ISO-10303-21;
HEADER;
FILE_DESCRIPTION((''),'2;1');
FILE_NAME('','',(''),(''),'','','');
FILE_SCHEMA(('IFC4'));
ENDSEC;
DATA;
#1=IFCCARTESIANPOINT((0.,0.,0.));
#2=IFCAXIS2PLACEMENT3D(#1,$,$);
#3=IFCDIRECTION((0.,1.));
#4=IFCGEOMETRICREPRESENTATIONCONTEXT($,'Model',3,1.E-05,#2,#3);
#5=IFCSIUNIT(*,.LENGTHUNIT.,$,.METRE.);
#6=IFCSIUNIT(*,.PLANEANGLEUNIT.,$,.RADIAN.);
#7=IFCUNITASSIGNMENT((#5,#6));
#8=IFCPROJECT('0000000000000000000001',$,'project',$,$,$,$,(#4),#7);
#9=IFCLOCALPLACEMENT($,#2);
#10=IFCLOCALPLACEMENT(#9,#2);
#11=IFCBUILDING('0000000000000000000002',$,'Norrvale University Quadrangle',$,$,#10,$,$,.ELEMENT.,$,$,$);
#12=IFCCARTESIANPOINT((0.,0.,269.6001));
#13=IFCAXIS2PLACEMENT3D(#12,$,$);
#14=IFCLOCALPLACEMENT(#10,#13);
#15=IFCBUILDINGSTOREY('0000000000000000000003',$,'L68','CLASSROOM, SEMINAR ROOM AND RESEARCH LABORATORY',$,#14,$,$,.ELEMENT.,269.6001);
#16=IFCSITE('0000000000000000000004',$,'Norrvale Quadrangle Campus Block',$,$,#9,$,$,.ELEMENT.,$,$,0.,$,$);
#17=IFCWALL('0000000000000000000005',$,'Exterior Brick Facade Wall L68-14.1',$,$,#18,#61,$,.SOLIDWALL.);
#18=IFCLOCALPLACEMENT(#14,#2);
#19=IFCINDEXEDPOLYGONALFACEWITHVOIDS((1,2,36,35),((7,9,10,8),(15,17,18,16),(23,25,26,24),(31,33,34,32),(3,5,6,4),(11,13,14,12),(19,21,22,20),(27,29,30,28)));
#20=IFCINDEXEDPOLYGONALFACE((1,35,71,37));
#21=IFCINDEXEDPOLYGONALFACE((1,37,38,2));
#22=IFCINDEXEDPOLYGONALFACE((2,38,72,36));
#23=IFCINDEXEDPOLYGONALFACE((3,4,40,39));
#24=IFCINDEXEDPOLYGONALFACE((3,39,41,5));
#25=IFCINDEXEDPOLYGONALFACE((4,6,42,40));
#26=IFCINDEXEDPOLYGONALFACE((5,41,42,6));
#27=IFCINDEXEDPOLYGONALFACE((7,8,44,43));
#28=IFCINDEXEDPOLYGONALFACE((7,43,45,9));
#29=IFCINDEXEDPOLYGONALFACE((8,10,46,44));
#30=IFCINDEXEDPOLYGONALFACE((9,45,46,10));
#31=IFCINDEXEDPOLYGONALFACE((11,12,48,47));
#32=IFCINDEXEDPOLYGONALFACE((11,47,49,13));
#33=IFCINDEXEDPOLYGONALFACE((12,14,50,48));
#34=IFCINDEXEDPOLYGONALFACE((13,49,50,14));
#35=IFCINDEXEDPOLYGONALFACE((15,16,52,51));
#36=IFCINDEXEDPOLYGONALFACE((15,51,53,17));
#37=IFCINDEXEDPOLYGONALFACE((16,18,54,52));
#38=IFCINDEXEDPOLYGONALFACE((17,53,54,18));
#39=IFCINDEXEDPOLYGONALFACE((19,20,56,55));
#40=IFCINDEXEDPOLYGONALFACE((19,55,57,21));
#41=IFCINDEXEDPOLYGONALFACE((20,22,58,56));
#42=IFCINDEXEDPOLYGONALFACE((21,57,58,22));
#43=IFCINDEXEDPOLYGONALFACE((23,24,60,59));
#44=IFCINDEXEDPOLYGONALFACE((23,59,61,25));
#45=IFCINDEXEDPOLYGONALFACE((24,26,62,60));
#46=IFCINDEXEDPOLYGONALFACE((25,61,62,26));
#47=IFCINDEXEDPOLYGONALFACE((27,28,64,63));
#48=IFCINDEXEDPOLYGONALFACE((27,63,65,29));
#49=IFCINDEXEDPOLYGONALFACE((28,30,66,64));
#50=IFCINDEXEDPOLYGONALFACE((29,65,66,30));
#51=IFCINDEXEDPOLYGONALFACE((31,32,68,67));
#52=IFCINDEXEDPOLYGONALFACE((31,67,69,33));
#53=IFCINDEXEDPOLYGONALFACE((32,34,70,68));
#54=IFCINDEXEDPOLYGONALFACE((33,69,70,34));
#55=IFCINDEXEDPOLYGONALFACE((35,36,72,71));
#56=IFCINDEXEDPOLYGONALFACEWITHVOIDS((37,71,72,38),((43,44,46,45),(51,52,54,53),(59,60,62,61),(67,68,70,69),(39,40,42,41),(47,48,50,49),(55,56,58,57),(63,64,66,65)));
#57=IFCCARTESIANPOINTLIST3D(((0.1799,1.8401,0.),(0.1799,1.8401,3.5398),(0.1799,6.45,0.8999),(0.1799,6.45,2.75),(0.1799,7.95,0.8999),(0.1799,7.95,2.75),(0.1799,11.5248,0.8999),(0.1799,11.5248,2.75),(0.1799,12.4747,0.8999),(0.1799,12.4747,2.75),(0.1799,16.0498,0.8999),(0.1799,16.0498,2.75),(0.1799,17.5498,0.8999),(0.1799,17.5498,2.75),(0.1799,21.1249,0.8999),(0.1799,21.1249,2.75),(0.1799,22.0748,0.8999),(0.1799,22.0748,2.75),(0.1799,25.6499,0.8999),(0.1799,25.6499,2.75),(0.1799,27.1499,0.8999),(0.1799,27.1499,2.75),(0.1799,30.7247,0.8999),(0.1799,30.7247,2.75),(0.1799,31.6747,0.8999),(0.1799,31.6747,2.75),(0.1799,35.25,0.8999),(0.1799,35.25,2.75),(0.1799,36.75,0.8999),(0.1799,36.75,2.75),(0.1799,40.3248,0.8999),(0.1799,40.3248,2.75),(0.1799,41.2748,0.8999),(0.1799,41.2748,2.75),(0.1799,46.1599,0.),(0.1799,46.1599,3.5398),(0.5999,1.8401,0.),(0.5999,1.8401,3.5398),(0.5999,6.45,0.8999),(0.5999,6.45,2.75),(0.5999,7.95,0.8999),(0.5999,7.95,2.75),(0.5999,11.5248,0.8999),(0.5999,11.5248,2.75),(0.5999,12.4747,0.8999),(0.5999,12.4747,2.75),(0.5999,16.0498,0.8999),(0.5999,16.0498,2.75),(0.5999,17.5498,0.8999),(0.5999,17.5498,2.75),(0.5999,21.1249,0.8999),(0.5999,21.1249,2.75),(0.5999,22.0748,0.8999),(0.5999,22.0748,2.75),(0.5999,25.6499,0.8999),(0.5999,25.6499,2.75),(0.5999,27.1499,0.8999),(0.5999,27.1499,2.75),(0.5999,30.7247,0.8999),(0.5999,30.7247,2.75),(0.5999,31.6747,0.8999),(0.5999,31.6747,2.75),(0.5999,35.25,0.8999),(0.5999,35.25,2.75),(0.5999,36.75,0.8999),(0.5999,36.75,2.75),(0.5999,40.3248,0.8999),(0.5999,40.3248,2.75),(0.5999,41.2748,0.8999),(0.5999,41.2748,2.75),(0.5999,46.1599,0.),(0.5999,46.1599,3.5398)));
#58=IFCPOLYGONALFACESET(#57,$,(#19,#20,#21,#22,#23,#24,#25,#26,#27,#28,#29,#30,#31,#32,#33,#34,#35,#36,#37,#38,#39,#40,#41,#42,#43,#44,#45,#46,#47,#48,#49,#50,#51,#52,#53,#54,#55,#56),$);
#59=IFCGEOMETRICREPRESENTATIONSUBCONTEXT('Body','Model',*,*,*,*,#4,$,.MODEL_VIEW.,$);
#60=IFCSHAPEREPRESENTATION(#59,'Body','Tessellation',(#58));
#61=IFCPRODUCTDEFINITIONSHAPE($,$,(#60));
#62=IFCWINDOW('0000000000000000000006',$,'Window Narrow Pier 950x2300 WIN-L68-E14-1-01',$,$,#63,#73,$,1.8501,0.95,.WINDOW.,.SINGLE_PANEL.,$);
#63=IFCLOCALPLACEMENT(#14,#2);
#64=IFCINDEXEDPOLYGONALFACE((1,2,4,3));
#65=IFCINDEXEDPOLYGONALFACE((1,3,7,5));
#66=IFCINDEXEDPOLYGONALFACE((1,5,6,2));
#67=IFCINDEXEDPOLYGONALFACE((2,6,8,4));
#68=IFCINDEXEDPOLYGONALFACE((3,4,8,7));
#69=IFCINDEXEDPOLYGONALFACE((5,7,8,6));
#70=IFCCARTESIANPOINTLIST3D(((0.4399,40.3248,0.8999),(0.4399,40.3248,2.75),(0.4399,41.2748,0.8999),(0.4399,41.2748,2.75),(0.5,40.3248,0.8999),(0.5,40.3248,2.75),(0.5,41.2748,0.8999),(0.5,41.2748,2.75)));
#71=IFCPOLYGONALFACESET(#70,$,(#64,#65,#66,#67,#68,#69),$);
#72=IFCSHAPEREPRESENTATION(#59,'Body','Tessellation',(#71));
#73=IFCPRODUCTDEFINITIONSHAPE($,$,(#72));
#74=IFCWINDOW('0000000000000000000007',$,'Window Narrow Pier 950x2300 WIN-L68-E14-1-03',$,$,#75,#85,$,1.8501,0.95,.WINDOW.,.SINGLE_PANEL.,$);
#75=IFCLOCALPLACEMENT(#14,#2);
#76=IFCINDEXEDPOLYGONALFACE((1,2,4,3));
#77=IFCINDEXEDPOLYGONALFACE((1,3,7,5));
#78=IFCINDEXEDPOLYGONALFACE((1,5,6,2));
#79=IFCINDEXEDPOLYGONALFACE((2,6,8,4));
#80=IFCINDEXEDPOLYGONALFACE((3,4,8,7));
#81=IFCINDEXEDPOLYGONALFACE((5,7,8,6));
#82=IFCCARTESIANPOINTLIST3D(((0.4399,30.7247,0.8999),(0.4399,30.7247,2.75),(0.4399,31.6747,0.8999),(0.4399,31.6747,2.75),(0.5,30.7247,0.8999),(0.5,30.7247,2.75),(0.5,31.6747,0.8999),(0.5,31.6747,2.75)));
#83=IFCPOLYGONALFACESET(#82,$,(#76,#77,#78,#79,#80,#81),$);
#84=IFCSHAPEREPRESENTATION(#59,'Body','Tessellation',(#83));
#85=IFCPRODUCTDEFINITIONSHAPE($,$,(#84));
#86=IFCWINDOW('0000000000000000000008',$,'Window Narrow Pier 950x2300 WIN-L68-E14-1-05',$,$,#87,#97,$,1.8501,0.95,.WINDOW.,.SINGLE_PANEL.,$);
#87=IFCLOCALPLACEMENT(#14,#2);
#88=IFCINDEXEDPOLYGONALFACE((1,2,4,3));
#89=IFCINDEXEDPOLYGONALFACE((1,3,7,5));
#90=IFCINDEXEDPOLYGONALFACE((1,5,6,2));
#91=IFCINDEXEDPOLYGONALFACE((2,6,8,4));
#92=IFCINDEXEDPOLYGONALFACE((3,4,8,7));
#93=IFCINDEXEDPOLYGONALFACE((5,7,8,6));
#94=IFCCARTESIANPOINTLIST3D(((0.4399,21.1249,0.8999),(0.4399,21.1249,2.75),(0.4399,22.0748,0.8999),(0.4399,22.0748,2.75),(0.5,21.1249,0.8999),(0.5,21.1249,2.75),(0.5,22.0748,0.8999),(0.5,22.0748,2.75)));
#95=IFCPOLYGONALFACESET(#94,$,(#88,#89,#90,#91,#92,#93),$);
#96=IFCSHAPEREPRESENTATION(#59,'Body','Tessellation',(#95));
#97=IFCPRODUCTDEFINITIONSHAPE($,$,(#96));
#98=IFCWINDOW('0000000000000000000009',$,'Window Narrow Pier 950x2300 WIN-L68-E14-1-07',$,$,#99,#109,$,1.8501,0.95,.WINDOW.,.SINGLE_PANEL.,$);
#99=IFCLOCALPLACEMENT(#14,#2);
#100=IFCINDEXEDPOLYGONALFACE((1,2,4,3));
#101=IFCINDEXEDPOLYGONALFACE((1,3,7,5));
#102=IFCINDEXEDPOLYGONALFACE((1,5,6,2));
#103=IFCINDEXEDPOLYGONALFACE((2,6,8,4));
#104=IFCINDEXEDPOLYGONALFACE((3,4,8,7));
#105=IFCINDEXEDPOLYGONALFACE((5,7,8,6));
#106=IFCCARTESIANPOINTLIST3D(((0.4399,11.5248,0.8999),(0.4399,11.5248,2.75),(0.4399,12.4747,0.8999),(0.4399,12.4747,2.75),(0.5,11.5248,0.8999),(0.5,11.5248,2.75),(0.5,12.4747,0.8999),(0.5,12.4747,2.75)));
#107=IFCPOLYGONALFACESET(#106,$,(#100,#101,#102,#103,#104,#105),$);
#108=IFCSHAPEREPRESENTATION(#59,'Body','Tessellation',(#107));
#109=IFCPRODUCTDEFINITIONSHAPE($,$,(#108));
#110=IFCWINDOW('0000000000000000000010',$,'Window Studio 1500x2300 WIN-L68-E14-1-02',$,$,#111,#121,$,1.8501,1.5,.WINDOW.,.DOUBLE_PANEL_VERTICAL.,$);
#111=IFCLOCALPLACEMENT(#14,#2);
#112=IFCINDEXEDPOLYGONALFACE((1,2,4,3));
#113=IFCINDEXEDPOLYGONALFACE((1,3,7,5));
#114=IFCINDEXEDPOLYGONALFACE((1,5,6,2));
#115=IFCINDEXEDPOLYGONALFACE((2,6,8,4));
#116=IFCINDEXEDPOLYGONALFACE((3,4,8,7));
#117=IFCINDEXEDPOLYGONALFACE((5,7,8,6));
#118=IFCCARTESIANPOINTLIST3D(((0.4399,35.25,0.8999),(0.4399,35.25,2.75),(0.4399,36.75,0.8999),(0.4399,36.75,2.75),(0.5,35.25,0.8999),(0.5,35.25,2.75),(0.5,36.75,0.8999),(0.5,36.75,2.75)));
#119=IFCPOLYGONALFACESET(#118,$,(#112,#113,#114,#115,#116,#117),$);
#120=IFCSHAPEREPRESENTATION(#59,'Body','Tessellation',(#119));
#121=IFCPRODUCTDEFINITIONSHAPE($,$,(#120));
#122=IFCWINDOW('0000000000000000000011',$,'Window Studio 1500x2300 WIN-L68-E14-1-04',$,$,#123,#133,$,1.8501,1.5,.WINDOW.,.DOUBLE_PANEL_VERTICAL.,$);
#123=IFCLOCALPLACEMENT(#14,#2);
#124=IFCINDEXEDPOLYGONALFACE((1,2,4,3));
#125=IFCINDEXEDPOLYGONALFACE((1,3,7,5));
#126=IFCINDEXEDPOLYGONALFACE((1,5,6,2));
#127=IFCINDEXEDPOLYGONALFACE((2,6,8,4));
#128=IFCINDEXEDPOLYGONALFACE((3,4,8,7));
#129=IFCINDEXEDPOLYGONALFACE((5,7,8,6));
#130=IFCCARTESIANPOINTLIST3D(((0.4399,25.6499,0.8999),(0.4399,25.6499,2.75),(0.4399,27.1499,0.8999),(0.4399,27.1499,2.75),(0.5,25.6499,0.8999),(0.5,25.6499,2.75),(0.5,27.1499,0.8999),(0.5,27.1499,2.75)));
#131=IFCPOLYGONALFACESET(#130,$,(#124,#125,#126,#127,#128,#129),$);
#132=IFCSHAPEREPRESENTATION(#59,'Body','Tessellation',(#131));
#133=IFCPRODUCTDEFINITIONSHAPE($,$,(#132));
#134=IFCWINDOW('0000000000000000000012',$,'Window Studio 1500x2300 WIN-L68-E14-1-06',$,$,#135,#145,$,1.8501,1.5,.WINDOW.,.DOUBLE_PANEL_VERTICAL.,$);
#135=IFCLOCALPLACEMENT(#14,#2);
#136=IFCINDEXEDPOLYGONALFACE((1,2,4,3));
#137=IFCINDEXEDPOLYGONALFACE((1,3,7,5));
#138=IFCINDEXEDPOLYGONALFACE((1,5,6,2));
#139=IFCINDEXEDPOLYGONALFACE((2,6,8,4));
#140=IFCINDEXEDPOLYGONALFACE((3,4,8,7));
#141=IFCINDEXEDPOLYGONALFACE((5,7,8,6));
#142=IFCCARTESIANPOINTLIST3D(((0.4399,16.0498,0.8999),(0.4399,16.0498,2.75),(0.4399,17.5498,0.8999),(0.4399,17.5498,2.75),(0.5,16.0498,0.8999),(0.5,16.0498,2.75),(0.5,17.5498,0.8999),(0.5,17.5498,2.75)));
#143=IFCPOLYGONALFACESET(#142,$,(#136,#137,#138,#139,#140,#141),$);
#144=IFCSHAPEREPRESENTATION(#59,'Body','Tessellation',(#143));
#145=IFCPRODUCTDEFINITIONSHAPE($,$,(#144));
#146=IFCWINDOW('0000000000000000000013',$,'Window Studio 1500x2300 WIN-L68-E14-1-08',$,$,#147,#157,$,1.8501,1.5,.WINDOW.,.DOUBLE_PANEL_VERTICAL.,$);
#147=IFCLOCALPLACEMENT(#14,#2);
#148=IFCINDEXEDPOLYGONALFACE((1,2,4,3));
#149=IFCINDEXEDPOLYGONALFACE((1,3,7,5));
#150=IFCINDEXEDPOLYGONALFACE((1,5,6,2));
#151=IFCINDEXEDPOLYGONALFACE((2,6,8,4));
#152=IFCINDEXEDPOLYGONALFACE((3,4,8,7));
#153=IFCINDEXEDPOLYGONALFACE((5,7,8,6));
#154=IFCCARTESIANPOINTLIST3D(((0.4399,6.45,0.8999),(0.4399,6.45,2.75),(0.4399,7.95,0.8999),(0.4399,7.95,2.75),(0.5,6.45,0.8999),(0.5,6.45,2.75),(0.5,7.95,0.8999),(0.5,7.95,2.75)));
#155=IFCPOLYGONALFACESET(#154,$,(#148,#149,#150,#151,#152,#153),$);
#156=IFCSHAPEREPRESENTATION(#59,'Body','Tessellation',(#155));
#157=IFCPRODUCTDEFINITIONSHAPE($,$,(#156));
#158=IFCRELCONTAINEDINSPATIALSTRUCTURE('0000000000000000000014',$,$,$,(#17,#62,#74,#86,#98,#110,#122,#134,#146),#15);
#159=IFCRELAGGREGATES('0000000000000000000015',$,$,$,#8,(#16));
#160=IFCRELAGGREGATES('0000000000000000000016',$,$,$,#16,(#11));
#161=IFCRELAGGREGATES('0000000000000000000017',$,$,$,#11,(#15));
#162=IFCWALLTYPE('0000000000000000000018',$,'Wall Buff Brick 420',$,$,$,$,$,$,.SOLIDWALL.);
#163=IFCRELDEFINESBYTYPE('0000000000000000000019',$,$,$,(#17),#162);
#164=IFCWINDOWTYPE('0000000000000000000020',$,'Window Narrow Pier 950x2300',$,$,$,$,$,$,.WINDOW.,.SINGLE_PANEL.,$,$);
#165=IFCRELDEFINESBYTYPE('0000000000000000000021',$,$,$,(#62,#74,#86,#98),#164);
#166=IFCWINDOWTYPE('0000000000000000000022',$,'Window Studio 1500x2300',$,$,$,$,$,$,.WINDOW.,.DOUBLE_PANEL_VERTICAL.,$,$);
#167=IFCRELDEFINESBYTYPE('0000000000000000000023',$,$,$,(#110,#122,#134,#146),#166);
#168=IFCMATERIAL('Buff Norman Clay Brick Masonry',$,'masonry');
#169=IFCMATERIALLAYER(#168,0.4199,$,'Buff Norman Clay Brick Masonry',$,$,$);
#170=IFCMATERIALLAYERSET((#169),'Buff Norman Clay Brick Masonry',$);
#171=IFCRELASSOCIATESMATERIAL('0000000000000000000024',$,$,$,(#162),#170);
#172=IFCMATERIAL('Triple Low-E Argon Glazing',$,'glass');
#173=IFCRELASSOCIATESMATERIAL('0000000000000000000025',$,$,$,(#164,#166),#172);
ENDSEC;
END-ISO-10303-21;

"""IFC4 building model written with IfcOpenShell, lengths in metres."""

from ifc_helpers import new_model, si_unit, direction, frame, frame_2d, origin, place, context, subcontext, project, spatial, rectangle, extrude, material, layer, layer_set, type_object, element, fill, save


model = new_model("IFC4")

# Units and contexts
model_context = context("Model", 3, precision=1e-05, world=origin(), true_north=direction((0.0, 1.0)))
body_context = subcontext(model_context, "Body", "Model", "MODEL_VIEW")
ifc_project = project(units=[si_unit("LENGTHUNIT", "METRE"), si_unit("PLANEANGLEUNIT", "RADIAN")], contexts=[model_context])

# Site, building, storey
site_placement = place(None, origin())
site = spatial("IfcSite", under=ifc_project, at=site_placement, Name="Norrvale Quadrangle Campus Block", CompositionType="ELEMENT", RefElevation=0.0)
building_placement = place(site_placement, origin())
building = spatial("IfcBuilding", under=site, at=building_placement, Name="Norrvale University Quadrangle", CompositionType="ELEMENT")
storey_placement = place(building_placement, frame((0.0, 0.0, 269.6001)))
storey = spatial("IfcBuildingStorey", under=building, at=storey_placement, Name="L68", Description="CLASSROOM, SEMINAR ROOM AND RESEARCH LABORATORY", CompositionType="ELEMENT", Elevation=269.6001)

# Shared definitions
ifc_material_1 = material(Name="Buff Norman Clay Brick Masonry", Category="masonry")
ifc_layer_1 = layer(ifc_material_1, 0.4199, Name="Buff Norman Clay Brick Masonry")
ifc_layer_set_1 = layer_set([ifc_layer_1], Name="Buff Norman Clay Brick Masonry")
wall_type_1 = type_object("IfcWallType", Name="Wall Buff Brick 420", PredefinedType="SOLIDWALL", material=ifc_layer_set_1)

# Wall, openings, windows
wall_1_placement = place(storey_placement, frame((0.3899, 46.1599, 0.0), z_axis=(0.0, 0.0, 1.0), x_axis=(0.0, -1.0, 0.0)))
wall_1 = element("IfcWall", 1, at=wall_1_placement, inside=storey, type_object=wall_type_1, Name="Exterior Brick Facade Wall L68-14.1", PredefinedType="SOLIDWALL", context=body_context, shape_type="SweptSolid", body=[
    extrude(rectangle(XDim=44.3198, YDim=0.4199, at=frame_2d((22.1599, 0.0))), origin(), (0.0, 0.0, 1.0), 3.5398),
])
opening_1_placement = place(wall_1_placement, frame((4.885, 0.0, 0.8999)))
opening_1 = element("IfcOpeningElement", 2, at=opening_1_placement, cuts=wall_1, PredefinedType="OPENING", context=body_context, shape_type="SweptSolid", body=[
    extrude(rectangle(XDim=0.95, YDim=1.8501, at=frame_2d((0.4751, 0.925))), frame((0.0, 0.2219, 0.0), z_axis=(0.0, -1.0, 0.0), x_axis=(1.0, 0.0, 0.0)), (0.0, 0.0, 1.0), 0.4438),
])
opening_2_placement = place(wall_1_placement, frame((9.4099, 0.0, 0.8999)))
opening_2 = element("IfcOpeningElement", 3, at=opening_2_placement, cuts=wall_1, PredefinedType="OPENING", context=body_context, shape_type="SweptSolid", body=[
    extrude(rectangle(XDim=1.5, YDim=1.8501, at=frame_2d((0.75, 0.925))), frame((0.0, 0.2219, 0.0), z_axis=(0.0, -1.0, 0.0), x_axis=(1.0, 0.0, 0.0)), (0.0, 0.0, 1.0), 0.4438),
])
opening_3_placement = place(wall_1_placement, frame((14.4851, 0.0, 0.8999)))
opening_3 = element("IfcOpeningElement", 4, at=opening_3_placement, cuts=wall_1, PredefinedType="OPENING", context=body_context, shape_type="SweptSolid", body=[
    extrude(rectangle(XDim=0.95, YDim=1.8501, at=frame_2d((0.4751, 0.925))), frame((0.0, 0.2219, 0.0), z_axis=(0.0, -1.0, 0.0), x_axis=(1.0, 0.0, 0.0)), (0.0, 0.0, 1.0), 0.4438),
])
opening_4_placement = place(wall_1_placement, frame((19.01, 0.0, 0.8999)))
opening_4 = element("IfcOpeningElement", 5, at=opening_4_placement, cuts=wall_1, PredefinedType="OPENING", context=body_context, shape_type="SweptSolid", body=[
    extrude(rectangle(XDim=1.5, YDim=1.8501, at=frame_2d((0.75, 0.925))), frame((0.0, 0.2219, 0.0), z_axis=(0.0, -1.0, 0.0), x_axis=(1.0, 0.0, 0.0)), (0.0, 0.0, 1.0), 0.4438),
])
opening_5_placement = place(wall_1_placement, frame((24.085, 0.0, 0.8999)))
opening_5 = element("IfcOpeningElement", 6, at=opening_5_placement, cuts=wall_1, PredefinedType="OPENING", context=body_context, shape_type="SweptSolid", body=[
    extrude(rectangle(XDim=0.95, YDim=1.8501, at=frame_2d((0.4751, 0.925))), frame((0.0, 0.2219, 0.0), z_axis=(0.0, -1.0, 0.0), x_axis=(1.0, 0.0, 0.0)), (0.0, 0.0, 1.0), 0.4438),
])
opening_6_placement = place(wall_1_placement, frame((28.6101, 0.0, 0.8999)))
opening_6 = element("IfcOpeningElement", 7, at=opening_6_placement, cuts=wall_1, PredefinedType="OPENING", context=body_context, shape_type="SweptSolid", body=[
    extrude(rectangle(XDim=1.5, YDim=1.8501, at=frame_2d((0.75, 0.925))), frame((0.0, 0.2219, 0.0), z_axis=(0.0, -1.0, 0.0), x_axis=(1.0, 0.0, 0.0)), (0.0, 0.0, 1.0), 0.4438),
])
opening_7_placement = place(wall_1_placement, frame((33.6851, 0.0, 0.8999)))
opening_7 = element("IfcOpeningElement", 8, at=opening_7_placement, cuts=wall_1, PredefinedType="OPENING", context=body_context, shape_type="SweptSolid", body=[
    extrude(rectangle(XDim=0.95, YDim=1.8501, at=frame_2d((0.4751, 0.925))), frame((0.0, 0.2219, 0.0), z_axis=(0.0, -1.0, 0.0), x_axis=(1.0, 0.0, 0.0)), (0.0, 0.0, 1.0), 0.4438),
])
opening_8_placement = place(wall_1_placement, frame((38.21, 0.0, 0.8999)))
opening_8 = element("IfcOpeningElement", 9, at=opening_8_placement, cuts=wall_1, PredefinedType="OPENING", context=body_context, shape_type="SweptSolid", body=[
    extrude(rectangle(XDim=1.5, YDim=1.8501, at=frame_2d((0.75, 0.925))), frame((0.0, 0.2219, 0.0), z_axis=(0.0, -1.0, 0.0), x_axis=(1.0, 0.0, 0.0)), (0.0, 0.0, 1.0), 0.4438),
])
ifc_material_2 = material(Name="Triple Low-E Argon Glazing", Category="glass")
window_type_1 = type_object("IfcWindowType", Name="Window Narrow Pier 950x2300", PartitioningType="SINGLE_PANEL", PredefinedType="WINDOW", material=ifc_material_2)
window_1_placement = place(opening_1_placement, origin())
window_1 = element("IfcWindow", 10, at=window_1_placement, inside=storey, type_object=window_type_1, Name="Window Narrow Pier 950x2300 WIN-L68-E14-1-01", OverallHeight=1.8501, OverallWidth=0.95, PartitioningType="SINGLE_PANEL", PredefinedType="WINDOW", context=body_context, shape_type="SweptSolid", body=[
    extrude(rectangle(XDim=0.95, YDim=1.8501, at=frame_2d((0.4751, 0.925))), frame((0.0, 0.1101, 0.0), z_axis=(0.0, -1.0, 0.0), x_axis=(1.0, 0.0, 0.0)), (0.0, 0.0, 1.0), 0.0601),
])
fill(opening_1, window_1)
window_2_placement = place(opening_3_placement, origin())
window_2 = element("IfcWindow", 11, at=window_2_placement, inside=storey, type_object=window_type_1, Name="Window Narrow Pier 950x2300 WIN-L68-E14-1-03", OverallHeight=1.8501, OverallWidth=0.95, PartitioningType="SINGLE_PANEL", PredefinedType="WINDOW", context=body_context, shape_type="SweptSolid", body=[
    extrude(rectangle(XDim=0.95, YDim=1.8501, at=frame_2d((0.4751, 0.925))), frame((0.0, 0.1101, 0.0), z_axis=(0.0, -1.0, 0.0), x_axis=(1.0, 0.0, 0.0)), (0.0, 0.0, 1.0), 0.0601),
])
fill(opening_3, window_2)
window_3_placement = place(opening_5_placement, origin())
window_3 = element("IfcWindow", 12, at=window_3_placement, inside=storey, type_object=window_type_1, Name="Window Narrow Pier 950x2300 WIN-L68-E14-1-05", OverallHeight=1.8501, OverallWidth=0.95, PartitioningType="SINGLE_PANEL", PredefinedType="WINDOW", context=body_context, shape_type="SweptSolid", body=[
    extrude(rectangle(XDim=0.95, YDim=1.8501, at=frame_2d((0.4751, 0.925))), frame((0.0, 0.1101, 0.0), z_axis=(0.0, -1.0, 0.0), x_axis=(1.0, 0.0, 0.0)), (0.0, 0.0, 1.0), 0.0601),
])
fill(opening_5, window_3)
window_4_placement = place(opening_7_placement, origin())
window_4 = element("IfcWindow", 13, at=window_4_placement, inside=storey, type_object=window_type_1, Name="Window Narrow Pier 950x2300 WIN-L68-E14-1-07", OverallHeight=1.8501, OverallWidth=0.95, PartitioningType="SINGLE_PANEL", PredefinedType="WINDOW", context=body_context, shape_type="SweptSolid", body=[
    extrude(rectangle(XDim=0.95, YDim=1.8501, at=frame_2d((0.4751, 0.925))), frame((0.0, 0.1101, 0.0), z_axis=(0.0, -1.0, 0.0), x_axis=(1.0, 0.0, 0.0)), (0.0, 0.0, 1.0), 0.0601),
])
fill(opening_7, window_4)
window_type_2 = type_object("IfcWindowType", Name="Window Studio 1500x2300", PartitioningType="DOUBLE_PANEL_VERTICAL", PredefinedType="WINDOW", material=ifc_material_2)
window_5_placement = place(opening_2_placement, origin())
window_5 = element("IfcWindow", 14, at=window_5_placement, inside=storey, type_object=window_type_2, Name="Window Studio 1500x2300 WIN-L68-E14-1-02", OverallHeight=1.8501, OverallWidth=1.5, PartitioningType="DOUBLE_PANEL_VERTICAL", PredefinedType="WINDOW", context=body_context, shape_type="SweptSolid", body=[
    extrude(rectangle(XDim=1.5, YDim=1.8501, at=frame_2d((0.75, 0.925))), frame((0.0, 0.1101, 0.0), z_axis=(0.0, -1.0, 0.0), x_axis=(1.0, 0.0, 0.0)), (0.0, 0.0, 1.0), 0.0601),
])
fill(opening_2, window_5)
window_6_placement = place(opening_4_placement, origin())
window_6 = element("IfcWindow", 15, at=window_6_placement, inside=storey, type_object=window_type_2, Name="Window Studio 1500x2300 WIN-L68-E14-1-04", OverallHeight=1.8501, OverallWidth=1.5, PartitioningType="DOUBLE_PANEL_VERTICAL", PredefinedType="WINDOW", context=body_context, shape_type="SweptSolid", body=[
    extrude(rectangle(XDim=1.5, YDim=1.8501, at=frame_2d((0.75, 0.925))), frame((0.0, 0.1101, 0.0), z_axis=(0.0, -1.0, 0.0), x_axis=(1.0, 0.0, 0.0)), (0.0, 0.0, 1.0), 0.0601),
])
fill(opening_4, window_6)
window_7_placement = place(opening_6_placement, origin())
window_7 = element("IfcWindow", 16, at=window_7_placement, inside=storey, type_object=window_type_2, Name="Window Studio 1500x2300 WIN-L68-E14-1-06", OverallHeight=1.8501, OverallWidth=1.5, PartitioningType="DOUBLE_PANEL_VERTICAL", PredefinedType="WINDOW", context=body_context, shape_type="SweptSolid", body=[
    extrude(rectangle(XDim=1.5, YDim=1.8501, at=frame_2d((0.75, 0.925))), frame((0.0, 0.1101, 0.0), z_axis=(0.0, -1.0, 0.0), x_axis=(1.0, 0.0, 0.0)), (0.0, 0.0, 1.0), 0.0601),
])
fill(opening_6, window_7)
window_8_placement = place(opening_8_placement, origin())
window_8 = element("IfcWindow", 17, at=window_8_placement, inside=storey, type_object=window_type_2, Name="Window Studio 1500x2300 WIN-L68-E14-1-08", OverallHeight=1.8501, OverallWidth=1.5, PartitioningType="DOUBLE_PANEL_VERTICAL", PredefinedType="WINDOW", context=body_context, shape_type="SweptSolid", body=[
    extrude(rectangle(XDim=1.5, YDim=1.8501, at=frame_2d((0.75, 0.925))), frame((0.0, 0.1101, 0.0), z_axis=(0.0, -1.0, 0.0), x_axis=(1.0, 0.0, 0.0)), (0.0, 0.0, 1.0), 0.0601),
])
fill(opening_8, window_8)

save(model, "model.ifc")
